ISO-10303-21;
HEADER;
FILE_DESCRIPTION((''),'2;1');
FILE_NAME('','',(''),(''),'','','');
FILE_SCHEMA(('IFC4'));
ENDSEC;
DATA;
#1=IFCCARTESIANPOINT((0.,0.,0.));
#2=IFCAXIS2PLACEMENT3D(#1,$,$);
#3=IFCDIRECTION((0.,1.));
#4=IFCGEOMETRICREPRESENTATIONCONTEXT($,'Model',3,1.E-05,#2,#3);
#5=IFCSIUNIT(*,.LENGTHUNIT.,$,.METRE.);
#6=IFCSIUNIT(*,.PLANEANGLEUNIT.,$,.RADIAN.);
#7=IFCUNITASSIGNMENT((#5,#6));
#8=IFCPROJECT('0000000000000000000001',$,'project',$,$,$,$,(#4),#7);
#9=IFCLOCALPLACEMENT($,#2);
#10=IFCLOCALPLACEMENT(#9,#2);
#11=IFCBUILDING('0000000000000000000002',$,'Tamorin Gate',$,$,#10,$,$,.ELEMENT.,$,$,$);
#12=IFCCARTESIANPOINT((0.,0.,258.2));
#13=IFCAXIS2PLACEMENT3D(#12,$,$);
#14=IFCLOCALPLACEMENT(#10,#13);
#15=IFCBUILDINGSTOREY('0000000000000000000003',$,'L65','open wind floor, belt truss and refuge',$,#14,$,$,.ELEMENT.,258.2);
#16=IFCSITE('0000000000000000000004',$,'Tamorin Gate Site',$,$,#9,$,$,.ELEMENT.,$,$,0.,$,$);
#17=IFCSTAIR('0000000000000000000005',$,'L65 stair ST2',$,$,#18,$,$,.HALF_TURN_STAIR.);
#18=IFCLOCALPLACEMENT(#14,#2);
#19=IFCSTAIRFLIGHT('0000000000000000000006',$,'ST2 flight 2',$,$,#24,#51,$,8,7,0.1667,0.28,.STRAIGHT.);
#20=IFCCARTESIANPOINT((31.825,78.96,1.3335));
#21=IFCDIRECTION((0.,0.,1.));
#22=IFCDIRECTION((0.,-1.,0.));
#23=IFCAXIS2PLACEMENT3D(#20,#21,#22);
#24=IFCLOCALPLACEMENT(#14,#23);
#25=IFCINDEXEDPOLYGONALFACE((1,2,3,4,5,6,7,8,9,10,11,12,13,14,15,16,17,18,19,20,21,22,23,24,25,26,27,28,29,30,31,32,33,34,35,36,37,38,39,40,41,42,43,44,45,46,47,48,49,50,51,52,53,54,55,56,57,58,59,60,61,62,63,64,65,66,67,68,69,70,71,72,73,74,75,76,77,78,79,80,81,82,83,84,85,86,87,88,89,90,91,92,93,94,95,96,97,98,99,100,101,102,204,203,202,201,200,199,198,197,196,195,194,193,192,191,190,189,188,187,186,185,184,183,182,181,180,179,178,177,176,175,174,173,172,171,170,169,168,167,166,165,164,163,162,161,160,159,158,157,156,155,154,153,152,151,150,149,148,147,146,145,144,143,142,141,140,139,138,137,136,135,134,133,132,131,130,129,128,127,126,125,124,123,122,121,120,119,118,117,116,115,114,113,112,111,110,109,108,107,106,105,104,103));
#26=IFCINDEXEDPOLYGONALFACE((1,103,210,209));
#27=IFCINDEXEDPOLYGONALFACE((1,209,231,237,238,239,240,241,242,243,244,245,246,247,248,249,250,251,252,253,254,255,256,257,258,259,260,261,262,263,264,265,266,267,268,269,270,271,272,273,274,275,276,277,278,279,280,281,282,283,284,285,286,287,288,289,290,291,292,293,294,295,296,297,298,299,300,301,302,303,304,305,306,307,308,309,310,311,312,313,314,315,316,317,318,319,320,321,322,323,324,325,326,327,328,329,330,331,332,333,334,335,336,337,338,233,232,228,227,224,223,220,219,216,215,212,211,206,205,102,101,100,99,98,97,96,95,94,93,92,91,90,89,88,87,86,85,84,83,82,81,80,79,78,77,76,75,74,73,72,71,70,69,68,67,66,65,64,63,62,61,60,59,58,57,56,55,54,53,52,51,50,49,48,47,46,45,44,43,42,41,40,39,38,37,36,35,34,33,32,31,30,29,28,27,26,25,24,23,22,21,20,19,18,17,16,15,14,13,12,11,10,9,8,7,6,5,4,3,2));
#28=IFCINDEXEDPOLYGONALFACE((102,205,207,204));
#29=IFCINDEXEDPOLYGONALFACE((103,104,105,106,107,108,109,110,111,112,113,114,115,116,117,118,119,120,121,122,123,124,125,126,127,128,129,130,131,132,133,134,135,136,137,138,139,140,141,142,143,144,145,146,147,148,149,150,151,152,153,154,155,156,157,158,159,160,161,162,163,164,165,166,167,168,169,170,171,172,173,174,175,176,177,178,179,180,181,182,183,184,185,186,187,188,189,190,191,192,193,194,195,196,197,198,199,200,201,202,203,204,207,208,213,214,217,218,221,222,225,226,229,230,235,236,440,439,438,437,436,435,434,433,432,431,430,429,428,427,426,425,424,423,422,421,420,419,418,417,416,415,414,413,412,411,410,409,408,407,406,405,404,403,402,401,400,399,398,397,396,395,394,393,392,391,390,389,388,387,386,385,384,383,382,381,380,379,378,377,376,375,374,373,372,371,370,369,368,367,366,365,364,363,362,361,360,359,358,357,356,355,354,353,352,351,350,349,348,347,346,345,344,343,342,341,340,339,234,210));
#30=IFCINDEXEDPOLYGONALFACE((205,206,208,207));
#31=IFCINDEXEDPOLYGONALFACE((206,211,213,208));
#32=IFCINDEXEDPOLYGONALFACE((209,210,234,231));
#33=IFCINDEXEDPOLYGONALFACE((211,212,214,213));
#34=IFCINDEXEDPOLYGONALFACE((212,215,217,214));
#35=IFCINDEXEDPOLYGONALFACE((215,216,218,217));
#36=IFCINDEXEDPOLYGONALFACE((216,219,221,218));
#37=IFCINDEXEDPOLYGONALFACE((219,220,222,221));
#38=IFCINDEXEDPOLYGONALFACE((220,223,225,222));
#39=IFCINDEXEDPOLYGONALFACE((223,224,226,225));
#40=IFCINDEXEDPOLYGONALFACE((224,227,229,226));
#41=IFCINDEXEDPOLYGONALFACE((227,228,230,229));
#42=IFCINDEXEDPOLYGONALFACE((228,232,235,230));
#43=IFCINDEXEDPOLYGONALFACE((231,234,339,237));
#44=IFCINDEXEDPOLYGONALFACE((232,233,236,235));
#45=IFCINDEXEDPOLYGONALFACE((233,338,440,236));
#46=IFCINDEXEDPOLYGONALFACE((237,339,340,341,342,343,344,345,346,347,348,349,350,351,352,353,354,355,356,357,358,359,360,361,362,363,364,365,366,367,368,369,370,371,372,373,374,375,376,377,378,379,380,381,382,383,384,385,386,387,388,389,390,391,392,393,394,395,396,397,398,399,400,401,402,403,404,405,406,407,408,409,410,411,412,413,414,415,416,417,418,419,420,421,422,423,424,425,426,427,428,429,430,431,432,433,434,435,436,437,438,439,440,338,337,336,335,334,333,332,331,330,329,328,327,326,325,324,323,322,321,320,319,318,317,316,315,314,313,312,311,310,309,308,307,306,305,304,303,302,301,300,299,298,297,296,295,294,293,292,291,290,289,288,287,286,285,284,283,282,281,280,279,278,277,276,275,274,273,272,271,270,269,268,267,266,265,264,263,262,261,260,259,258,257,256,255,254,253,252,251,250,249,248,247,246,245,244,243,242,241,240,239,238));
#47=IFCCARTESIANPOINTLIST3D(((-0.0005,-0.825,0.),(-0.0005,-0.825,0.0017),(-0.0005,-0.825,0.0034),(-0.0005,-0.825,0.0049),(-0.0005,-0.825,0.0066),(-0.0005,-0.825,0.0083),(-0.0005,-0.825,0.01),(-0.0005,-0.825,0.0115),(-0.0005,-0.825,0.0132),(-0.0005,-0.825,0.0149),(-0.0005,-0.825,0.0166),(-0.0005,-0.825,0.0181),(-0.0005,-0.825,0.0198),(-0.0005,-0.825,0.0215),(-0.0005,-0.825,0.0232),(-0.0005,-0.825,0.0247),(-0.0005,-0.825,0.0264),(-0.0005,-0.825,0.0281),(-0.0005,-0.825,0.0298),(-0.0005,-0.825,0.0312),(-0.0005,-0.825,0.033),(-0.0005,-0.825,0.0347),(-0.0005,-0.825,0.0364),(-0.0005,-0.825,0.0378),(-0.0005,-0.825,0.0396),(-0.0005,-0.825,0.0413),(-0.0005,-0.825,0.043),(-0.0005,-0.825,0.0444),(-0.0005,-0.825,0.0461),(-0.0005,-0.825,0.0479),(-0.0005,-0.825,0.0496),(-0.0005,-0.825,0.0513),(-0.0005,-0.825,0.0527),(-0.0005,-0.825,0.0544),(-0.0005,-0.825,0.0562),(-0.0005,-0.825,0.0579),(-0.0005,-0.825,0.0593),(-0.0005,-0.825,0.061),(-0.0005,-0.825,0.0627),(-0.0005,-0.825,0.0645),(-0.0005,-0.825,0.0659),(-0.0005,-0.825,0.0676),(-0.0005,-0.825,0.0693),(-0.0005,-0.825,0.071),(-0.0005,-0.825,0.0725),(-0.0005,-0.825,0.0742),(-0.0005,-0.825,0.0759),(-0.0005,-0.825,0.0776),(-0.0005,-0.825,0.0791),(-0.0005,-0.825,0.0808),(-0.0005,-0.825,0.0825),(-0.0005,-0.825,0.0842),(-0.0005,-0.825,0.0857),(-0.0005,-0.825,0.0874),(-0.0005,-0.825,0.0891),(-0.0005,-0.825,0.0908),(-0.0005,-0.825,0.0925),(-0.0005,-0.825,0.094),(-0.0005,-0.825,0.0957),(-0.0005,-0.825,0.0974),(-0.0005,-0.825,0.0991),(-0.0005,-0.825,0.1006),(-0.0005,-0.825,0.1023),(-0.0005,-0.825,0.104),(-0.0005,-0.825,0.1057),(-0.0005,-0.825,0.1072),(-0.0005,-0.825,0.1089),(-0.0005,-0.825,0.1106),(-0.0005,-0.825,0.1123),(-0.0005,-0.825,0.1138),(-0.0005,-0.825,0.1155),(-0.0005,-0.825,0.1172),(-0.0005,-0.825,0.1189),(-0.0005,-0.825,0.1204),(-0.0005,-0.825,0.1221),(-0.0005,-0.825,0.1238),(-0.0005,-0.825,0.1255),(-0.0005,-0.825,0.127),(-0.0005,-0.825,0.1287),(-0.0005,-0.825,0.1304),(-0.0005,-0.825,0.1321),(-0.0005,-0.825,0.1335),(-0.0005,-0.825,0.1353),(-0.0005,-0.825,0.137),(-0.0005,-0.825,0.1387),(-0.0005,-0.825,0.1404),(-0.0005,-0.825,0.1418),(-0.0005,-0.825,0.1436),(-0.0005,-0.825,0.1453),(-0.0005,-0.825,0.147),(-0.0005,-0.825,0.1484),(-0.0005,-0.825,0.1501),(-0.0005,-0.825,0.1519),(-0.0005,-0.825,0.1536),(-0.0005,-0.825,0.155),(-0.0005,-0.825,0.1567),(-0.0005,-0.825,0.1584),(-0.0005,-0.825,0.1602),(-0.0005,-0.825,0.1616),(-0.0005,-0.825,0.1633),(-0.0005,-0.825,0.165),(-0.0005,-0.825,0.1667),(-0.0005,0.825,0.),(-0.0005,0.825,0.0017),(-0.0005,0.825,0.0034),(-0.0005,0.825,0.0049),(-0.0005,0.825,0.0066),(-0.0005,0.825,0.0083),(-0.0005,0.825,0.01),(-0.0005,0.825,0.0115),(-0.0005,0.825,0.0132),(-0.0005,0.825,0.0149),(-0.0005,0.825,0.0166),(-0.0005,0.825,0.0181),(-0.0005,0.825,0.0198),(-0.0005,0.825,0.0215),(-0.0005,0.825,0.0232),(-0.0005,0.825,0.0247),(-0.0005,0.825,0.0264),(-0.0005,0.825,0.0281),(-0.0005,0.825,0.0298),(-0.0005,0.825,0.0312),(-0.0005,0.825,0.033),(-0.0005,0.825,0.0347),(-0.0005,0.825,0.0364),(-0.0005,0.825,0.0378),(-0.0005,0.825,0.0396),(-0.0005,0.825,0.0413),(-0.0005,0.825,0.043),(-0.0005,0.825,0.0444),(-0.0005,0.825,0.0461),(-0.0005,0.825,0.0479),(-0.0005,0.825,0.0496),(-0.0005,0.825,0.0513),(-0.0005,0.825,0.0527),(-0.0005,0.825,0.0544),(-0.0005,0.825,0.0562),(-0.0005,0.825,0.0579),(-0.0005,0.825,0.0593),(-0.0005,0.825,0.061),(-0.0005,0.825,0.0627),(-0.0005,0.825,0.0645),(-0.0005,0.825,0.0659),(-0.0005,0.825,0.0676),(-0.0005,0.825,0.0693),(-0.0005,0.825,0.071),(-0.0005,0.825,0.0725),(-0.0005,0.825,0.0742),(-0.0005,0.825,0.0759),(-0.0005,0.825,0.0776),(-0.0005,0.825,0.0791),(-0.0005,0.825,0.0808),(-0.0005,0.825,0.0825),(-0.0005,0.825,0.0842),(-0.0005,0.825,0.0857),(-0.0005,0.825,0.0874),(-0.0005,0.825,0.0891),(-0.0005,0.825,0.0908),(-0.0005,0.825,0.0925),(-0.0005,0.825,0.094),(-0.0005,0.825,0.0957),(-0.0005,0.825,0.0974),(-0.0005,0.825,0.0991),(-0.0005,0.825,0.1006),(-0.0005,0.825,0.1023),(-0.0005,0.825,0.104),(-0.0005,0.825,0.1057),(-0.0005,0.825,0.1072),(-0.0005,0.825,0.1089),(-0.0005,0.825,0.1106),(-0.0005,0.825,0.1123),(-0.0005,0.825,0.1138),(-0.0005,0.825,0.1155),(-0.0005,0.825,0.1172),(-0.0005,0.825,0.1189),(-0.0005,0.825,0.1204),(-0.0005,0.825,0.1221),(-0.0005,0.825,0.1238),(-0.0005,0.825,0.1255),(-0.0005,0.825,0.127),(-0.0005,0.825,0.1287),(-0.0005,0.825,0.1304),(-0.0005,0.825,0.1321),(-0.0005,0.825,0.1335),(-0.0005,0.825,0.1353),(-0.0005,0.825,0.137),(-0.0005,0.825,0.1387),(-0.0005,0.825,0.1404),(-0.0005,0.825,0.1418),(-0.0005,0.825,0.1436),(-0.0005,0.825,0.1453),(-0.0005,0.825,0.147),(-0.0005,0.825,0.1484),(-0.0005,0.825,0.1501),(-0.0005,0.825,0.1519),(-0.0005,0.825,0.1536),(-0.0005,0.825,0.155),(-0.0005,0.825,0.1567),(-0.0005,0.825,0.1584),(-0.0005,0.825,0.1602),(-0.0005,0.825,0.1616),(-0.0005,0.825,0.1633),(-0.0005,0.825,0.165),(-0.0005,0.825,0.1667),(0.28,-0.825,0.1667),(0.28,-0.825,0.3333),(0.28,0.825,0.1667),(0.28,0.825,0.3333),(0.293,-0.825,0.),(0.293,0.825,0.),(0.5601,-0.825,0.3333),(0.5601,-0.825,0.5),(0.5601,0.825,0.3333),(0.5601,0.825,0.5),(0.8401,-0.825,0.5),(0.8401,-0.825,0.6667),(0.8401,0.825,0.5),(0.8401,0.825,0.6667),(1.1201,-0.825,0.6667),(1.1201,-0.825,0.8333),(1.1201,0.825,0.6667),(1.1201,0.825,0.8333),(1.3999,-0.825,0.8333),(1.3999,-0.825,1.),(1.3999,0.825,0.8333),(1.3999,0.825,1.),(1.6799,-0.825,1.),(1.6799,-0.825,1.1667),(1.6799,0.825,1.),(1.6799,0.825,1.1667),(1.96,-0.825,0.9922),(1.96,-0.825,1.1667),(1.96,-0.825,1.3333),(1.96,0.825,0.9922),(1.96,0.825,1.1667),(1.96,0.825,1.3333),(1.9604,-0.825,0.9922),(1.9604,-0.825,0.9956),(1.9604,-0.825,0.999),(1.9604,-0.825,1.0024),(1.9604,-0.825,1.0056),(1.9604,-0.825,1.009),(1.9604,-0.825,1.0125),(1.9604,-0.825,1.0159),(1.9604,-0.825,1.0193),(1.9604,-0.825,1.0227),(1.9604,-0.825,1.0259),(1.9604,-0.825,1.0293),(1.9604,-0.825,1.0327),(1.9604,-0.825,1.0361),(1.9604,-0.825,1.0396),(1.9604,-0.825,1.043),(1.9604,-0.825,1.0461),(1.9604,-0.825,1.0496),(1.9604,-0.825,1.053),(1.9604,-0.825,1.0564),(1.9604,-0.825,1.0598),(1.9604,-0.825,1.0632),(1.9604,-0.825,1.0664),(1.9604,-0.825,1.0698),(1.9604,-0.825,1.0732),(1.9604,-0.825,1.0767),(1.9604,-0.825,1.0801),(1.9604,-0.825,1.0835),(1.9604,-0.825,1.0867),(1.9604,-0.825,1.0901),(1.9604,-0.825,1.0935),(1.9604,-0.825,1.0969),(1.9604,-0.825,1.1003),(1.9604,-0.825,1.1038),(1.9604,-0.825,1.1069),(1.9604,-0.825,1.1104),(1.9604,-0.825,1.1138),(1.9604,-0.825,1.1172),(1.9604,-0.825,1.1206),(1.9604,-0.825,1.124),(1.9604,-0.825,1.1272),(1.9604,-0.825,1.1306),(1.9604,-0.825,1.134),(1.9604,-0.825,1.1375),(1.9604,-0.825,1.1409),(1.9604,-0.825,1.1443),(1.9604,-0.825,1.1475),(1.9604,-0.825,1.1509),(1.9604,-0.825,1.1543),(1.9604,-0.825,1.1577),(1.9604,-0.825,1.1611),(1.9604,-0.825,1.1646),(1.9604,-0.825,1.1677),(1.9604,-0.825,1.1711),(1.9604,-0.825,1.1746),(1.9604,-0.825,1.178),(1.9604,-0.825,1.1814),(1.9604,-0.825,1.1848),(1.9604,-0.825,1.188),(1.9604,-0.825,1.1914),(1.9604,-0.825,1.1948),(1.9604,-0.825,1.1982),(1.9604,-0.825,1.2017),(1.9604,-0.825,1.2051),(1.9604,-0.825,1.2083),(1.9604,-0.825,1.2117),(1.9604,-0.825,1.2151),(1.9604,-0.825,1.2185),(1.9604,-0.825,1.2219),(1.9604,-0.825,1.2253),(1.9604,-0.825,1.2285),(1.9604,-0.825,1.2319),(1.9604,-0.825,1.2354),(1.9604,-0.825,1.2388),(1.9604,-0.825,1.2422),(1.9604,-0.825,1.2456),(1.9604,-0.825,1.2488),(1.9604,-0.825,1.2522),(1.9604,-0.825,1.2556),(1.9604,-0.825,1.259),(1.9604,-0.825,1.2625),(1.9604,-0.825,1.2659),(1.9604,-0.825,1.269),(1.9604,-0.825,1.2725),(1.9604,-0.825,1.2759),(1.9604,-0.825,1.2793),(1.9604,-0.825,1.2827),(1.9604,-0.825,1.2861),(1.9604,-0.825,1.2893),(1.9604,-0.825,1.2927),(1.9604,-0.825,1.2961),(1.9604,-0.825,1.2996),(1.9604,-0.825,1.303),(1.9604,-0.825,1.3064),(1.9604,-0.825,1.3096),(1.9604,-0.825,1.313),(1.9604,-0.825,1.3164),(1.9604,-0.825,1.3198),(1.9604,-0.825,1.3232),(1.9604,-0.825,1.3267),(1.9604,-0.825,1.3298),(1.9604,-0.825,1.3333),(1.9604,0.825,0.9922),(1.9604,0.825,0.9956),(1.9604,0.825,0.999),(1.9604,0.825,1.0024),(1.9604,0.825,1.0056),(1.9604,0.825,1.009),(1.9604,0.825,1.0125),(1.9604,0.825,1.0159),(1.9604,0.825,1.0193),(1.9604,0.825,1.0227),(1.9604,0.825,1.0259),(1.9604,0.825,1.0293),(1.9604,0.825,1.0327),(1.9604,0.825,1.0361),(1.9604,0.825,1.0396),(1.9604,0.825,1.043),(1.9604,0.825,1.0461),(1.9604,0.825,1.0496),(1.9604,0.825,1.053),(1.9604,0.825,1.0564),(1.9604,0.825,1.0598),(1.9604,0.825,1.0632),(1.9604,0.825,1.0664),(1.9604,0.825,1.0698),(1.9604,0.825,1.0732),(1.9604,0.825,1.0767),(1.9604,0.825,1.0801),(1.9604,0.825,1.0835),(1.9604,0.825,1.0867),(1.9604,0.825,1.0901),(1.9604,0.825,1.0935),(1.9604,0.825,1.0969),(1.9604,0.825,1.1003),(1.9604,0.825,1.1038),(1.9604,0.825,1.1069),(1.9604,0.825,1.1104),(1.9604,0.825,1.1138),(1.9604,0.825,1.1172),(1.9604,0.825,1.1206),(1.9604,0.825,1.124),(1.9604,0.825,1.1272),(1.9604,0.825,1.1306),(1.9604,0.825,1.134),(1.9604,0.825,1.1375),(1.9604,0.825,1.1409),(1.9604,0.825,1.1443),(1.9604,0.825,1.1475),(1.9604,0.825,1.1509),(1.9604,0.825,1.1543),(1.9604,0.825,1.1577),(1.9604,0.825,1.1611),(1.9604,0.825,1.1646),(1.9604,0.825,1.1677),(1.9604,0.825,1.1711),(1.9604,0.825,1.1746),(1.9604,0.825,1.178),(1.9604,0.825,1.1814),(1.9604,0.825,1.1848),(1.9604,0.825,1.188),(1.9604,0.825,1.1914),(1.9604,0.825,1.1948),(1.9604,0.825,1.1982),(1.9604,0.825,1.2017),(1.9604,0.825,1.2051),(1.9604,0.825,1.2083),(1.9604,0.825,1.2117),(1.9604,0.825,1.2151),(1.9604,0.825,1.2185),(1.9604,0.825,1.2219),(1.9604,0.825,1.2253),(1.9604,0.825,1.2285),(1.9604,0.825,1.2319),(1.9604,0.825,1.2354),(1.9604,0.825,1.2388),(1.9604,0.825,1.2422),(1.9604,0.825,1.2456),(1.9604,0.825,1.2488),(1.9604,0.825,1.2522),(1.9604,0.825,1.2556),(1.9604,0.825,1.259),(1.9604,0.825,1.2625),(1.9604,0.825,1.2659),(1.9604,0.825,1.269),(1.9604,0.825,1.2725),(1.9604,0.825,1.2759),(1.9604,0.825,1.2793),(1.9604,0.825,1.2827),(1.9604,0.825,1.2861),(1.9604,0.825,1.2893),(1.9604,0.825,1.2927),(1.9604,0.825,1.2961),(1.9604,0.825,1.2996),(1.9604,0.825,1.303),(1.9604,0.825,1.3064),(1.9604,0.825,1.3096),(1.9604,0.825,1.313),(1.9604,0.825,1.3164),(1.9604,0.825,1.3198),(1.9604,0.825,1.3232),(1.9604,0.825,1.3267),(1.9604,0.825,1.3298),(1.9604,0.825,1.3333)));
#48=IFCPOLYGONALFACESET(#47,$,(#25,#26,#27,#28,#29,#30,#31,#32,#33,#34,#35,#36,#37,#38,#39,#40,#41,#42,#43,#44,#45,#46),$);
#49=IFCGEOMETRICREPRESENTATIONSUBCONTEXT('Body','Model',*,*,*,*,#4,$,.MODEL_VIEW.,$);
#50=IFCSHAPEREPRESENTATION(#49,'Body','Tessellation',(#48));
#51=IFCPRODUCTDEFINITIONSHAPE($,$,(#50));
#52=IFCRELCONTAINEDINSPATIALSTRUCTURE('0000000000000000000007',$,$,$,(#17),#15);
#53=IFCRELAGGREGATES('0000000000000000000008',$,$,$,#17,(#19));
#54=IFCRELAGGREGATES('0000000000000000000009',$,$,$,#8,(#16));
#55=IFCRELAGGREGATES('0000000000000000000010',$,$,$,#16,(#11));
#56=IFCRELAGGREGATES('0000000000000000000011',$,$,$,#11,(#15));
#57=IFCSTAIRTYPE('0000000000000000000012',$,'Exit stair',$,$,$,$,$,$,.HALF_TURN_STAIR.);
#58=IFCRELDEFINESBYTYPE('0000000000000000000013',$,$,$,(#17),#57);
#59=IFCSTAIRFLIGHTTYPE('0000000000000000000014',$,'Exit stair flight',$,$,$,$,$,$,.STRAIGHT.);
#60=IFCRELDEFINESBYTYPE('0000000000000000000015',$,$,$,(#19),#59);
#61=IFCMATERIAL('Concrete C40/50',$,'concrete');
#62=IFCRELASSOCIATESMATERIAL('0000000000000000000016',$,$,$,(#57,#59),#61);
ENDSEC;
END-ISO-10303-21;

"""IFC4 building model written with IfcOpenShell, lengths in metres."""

from ifc_helpers import new_model, si_unit, direction, frame, origin, place, context, subcontext, project, spatial, polyline, outline, extrude, material, type_object, element, aggregate, save


model = new_model("IFC4")

# Units and contexts
model_context = context("Model", 3, precision=1e-05, world=origin(), true_north=direction((0.0, 1.0)))
body_context = subcontext(model_context, "Body", "Model", "MODEL_VIEW")
ifc_project = project(units=[si_unit("LENGTHUNIT", "METRE"), si_unit("PLANEANGLEUNIT", "RADIAN")], contexts=[model_context])

# Site, building, storey
site_placement = place(None, origin())
site = spatial("IfcSite", under=ifc_project, at=site_placement, Name="Tamorin Gate Site", CompositionType="ELEMENT", RefElevation=0.0)
building_placement = place(site_placement, origin())
building = spatial("IfcBuilding", under=site, at=building_placement, Name="Tamorin Gate", CompositionType="ELEMENT")
storey_placement = place(building_placement, frame((0.0, 0.0, 258.2)))
storey = spatial("IfcBuildingStorey", under=building, at=storey_placement, Name="L65", Description="open wind floor, belt truss and refuge", CompositionType="ELEMENT", Elevation=258.2)

# Stair, stair flight
ifc_material_1 = material(Name="Concrete C40/50", Category="concrete")
stair_type = type_object("IfcStairType", Name="Exit stair", PredefinedType="HALF_TURN_STAIR", material=ifc_material_1)
stair_placement = place(storey_placement, origin())
stair = element("IfcStair", 1, at=stair_placement, inside=storey, type_object=stair_type, Name="L65 stair ST2", PredefinedType="HALF_TURN_STAIR")
stair_flight_type = type_object("IfcStairFlightType", Name="Exit stair flight", PredefinedType="STRAIGHT", material=ifc_material_1)
stair_flight_1_placement = place(storey_placement, frame((31.825, 78.96, 1.3335), z_axis=(0.0, 0.0, 1.0), x_axis=(0.0, -1.0, 0.0)))
stair_flight_1 = element("IfcStairFlight", 2, at=stair_flight_1_placement, type_object=stair_flight_type, Name="ST2 flight 2", NumberOfRisers=8, NumberOfTreads=7, PredefinedType="STRAIGHT", RiserHeight=0.1667, TreadLength=0.28, context=body_context, shape_type="SweptSolid", body=[
    extrude(outline(polyline([(-0.0005, 0.0), (-0.0005, 0.0017), (-0.0005, 0.0034), (-0.0005, 0.0049), (-0.0005, 0.0066), (-0.0005, 0.0083), (-0.0005, 0.01), (-0.0005, 0.0115), (-0.0005, 0.0132), (-0.0005, 0.0149), (-0.0005, 0.0166), (-0.0005, 0.0181), (-0.0005, 0.0198), (-0.0005, 0.0215), (-0.0005, 0.0232), (-0.0005, 0.0247), (-0.0005, 0.0264), (-0.0005, 0.0281), (-0.0005, 0.0298), (-0.0005, 0.0312), (-0.0005, 0.033), (-0.0005, 0.0347), (-0.0005, 0.0364), (-0.0005, 0.0378), (-0.0005, 0.0396), (-0.0005, 0.0413), (-0.0005, 0.043), (-0.0005, 0.0444), (-0.0005, 0.0461), (-0.0005, 0.0479), (-0.0005, 0.0496), (-0.0005, 0.0513), (-0.0005, 0.0527), (-0.0005, 0.0544), (-0.0005, 0.0562), (-0.0005, 0.0579), (-0.0005, 0.0593), (-0.0005, 0.061), (-0.0005, 0.0627), (-0.0005, 0.0645), (-0.0005, 0.0659), (-0.0005, 0.0676), (-0.0005, 0.0693), (-0.0005, 0.071), (-0.0005, 0.0725), (-0.0005, 0.0742), (-0.0005, 0.0759), (-0.0005, 0.0776), (-0.0005, 0.0791), (-0.0005, 0.0808), (-0.0005, 0.0825), (-0.0005, 0.0842), (-0.0005, 0.0857), (-0.0005, 0.0874), (-0.0005, 0.0891), (-0.0005, 0.0908), (-0.0005, 0.0925), (-0.0005, 0.094), (-0.0005, 0.0957), (-0.0005, 0.0974), (-0.0005, 0.0991), (-0.0005, 0.1006), (-0.0005, 0.1023), (-0.0005, 0.104), (-0.0005, 0.1057), (-0.0005, 0.1072), (-0.0005, 0.1089), (-0.0005, 0.1106), (-0.0005, 0.1123), (-0.0005, 0.1138), (-0.0005, 0.1155), (-0.0005, 0.1172), (-0.0005, 0.1189), (-0.0005, 0.1204), (-0.0005, 0.1221), (-0.0005, 0.1238), (-0.0005, 0.1255), (-0.0005, 0.127), (-0.0005, 0.1287), (-0.0005, 0.1304), (-0.0005, 0.1321), (-0.0005, 0.1335), (-0.0005, 0.1353), (-0.0005, 0.137), (-0.0005, 0.1387), (-0.0005, 0.1404), (-0.0005, 0.1418), (-0.0005, 0.1436), (-0.0005, 0.1453), (-0.0005, 0.147), (-0.0005, 0.1484), (-0.0005, 0.1501), (-0.0005, 0.1519), (-0.0005, 0.1536), (-0.0005, 0.155), (-0.0005, 0.1567), (-0.0005, 0.1584), (-0.0005, 0.1602), (-0.0005, 0.1616), (-0.0005, 0.1633), (-0.0005, 0.165), (-0.0005, 0.1667), (0.28, 0.1667), (0.28, 0.3333), (0.5601, 0.3333), (0.5601, 0.5), (0.8401, 0.5), (0.8401, 0.6667), (1.1201, 0.6667), (1.1201, 0.8333), (1.3999, 0.8333), (1.3999, 1.0), (1.6799, 1.0), (1.6799, 1.1667), (1.96, 1.1667), (1.96, 1.3333), (1.9604, 1.3333), (1.9604, 1.3298), (1.9604, 1.3267), (1.9604, 1.3232), (1.9604, 1.3198), (1.9604, 1.3164), (1.9604, 1.313), (1.9604, 1.3096), (1.9604, 1.3064), (1.9604, 1.303), (1.9604, 1.2996), (1.9604, 1.2961), (1.9604, 1.2927), (1.9604, 1.2893), (1.9604, 1.2861), (1.9604, 1.2827), (1.9604, 1.2793), (1.9604, 1.2759), (1.9604, 1.2725), (1.9604, 1.269), (1.9604, 1.2659), (1.9604, 1.2625), (1.9604, 1.259), (1.9604, 1.2556), (1.9604, 1.2522), (1.9604, 1.2488), (1.9604, 1.2456), (1.9604, 1.2422), (1.9604, 1.2388), (1.9604, 1.2354), (1.9604, 1.2319), (1.9604, 1.2285), (1.9604, 1.2253), (1.9604, 1.2219), (1.9604, 1.2185), (1.9604, 1.2151), (1.9604, 1.2117), (1.9604, 1.2083), (1.9604, 1.2051), (1.9604, 1.2017), (1.9604, 1.1982), (1.9604, 1.1948), (1.9604, 1.1914), (1.9604, 1.188), (1.9604, 1.1848), (1.9604, 1.1814), (1.9604, 1.178), (1.9604, 1.1746), (1.9604, 1.1711), (1.9604, 1.1677), (1.9604, 1.1646), (1.9604, 1.1611), (1.9604, 1.1577), (1.9604, 1.1543), (1.9604, 1.1509), (1.9604, 1.1475), (1.9604, 1.1443), (1.9604, 1.1409), (1.9604, 1.1375), (1.9604, 1.134), (1.9604, 1.1306), (1.9604, 1.1272), (1.9604, 1.124), (1.9604, 1.1206), (1.9604, 1.1172), (1.9604, 1.1138), (1.9604, 1.1104), (1.9604, 1.1069), (1.9604, 1.1038), (1.9604, 1.1003), (1.9604, 1.0969), (1.9604, 1.0935), (1.9604, 1.0901), (1.9604, 1.0867), (1.9604, 1.0835), (1.9604, 1.0801), (1.9604, 1.0767), (1.9604, 1.0732), (1.9604, 1.0698), (1.9604, 1.0664), (1.9604, 1.0632), (1.9604, 1.0598), (1.9604, 1.0564), (1.9604, 1.053), (1.9604, 1.0496), (1.9604, 1.0461), (1.9604, 1.043), (1.9604, 1.0396), (1.9604, 1.0361), (1.9604, 1.0327), (1.9604, 1.0293), (1.9604, 1.0259), (1.9604, 1.0227), (1.9604, 1.0193), (1.9604, 1.0159), (1.9604, 1.0125), (1.9604, 1.009), (1.9604, 1.0056), (1.9604, 1.0024), (1.9604, 0.999), (1.9604, 0.9956), (1.9604, 0.9922), (1.96, 0.9922), (0.293, 0.0), (-0.0005, 0.0)])), frame((0.0, 0.825, 0.0), z_axis=(0.0, -1.0, 0.0), x_axis=(1.0, 0.0, 0.0)), (0.0, 0.0, 1.0), 1.6499),
])
aggregate(stair, [stair_flight_1])

save(model, "model.ifc")
